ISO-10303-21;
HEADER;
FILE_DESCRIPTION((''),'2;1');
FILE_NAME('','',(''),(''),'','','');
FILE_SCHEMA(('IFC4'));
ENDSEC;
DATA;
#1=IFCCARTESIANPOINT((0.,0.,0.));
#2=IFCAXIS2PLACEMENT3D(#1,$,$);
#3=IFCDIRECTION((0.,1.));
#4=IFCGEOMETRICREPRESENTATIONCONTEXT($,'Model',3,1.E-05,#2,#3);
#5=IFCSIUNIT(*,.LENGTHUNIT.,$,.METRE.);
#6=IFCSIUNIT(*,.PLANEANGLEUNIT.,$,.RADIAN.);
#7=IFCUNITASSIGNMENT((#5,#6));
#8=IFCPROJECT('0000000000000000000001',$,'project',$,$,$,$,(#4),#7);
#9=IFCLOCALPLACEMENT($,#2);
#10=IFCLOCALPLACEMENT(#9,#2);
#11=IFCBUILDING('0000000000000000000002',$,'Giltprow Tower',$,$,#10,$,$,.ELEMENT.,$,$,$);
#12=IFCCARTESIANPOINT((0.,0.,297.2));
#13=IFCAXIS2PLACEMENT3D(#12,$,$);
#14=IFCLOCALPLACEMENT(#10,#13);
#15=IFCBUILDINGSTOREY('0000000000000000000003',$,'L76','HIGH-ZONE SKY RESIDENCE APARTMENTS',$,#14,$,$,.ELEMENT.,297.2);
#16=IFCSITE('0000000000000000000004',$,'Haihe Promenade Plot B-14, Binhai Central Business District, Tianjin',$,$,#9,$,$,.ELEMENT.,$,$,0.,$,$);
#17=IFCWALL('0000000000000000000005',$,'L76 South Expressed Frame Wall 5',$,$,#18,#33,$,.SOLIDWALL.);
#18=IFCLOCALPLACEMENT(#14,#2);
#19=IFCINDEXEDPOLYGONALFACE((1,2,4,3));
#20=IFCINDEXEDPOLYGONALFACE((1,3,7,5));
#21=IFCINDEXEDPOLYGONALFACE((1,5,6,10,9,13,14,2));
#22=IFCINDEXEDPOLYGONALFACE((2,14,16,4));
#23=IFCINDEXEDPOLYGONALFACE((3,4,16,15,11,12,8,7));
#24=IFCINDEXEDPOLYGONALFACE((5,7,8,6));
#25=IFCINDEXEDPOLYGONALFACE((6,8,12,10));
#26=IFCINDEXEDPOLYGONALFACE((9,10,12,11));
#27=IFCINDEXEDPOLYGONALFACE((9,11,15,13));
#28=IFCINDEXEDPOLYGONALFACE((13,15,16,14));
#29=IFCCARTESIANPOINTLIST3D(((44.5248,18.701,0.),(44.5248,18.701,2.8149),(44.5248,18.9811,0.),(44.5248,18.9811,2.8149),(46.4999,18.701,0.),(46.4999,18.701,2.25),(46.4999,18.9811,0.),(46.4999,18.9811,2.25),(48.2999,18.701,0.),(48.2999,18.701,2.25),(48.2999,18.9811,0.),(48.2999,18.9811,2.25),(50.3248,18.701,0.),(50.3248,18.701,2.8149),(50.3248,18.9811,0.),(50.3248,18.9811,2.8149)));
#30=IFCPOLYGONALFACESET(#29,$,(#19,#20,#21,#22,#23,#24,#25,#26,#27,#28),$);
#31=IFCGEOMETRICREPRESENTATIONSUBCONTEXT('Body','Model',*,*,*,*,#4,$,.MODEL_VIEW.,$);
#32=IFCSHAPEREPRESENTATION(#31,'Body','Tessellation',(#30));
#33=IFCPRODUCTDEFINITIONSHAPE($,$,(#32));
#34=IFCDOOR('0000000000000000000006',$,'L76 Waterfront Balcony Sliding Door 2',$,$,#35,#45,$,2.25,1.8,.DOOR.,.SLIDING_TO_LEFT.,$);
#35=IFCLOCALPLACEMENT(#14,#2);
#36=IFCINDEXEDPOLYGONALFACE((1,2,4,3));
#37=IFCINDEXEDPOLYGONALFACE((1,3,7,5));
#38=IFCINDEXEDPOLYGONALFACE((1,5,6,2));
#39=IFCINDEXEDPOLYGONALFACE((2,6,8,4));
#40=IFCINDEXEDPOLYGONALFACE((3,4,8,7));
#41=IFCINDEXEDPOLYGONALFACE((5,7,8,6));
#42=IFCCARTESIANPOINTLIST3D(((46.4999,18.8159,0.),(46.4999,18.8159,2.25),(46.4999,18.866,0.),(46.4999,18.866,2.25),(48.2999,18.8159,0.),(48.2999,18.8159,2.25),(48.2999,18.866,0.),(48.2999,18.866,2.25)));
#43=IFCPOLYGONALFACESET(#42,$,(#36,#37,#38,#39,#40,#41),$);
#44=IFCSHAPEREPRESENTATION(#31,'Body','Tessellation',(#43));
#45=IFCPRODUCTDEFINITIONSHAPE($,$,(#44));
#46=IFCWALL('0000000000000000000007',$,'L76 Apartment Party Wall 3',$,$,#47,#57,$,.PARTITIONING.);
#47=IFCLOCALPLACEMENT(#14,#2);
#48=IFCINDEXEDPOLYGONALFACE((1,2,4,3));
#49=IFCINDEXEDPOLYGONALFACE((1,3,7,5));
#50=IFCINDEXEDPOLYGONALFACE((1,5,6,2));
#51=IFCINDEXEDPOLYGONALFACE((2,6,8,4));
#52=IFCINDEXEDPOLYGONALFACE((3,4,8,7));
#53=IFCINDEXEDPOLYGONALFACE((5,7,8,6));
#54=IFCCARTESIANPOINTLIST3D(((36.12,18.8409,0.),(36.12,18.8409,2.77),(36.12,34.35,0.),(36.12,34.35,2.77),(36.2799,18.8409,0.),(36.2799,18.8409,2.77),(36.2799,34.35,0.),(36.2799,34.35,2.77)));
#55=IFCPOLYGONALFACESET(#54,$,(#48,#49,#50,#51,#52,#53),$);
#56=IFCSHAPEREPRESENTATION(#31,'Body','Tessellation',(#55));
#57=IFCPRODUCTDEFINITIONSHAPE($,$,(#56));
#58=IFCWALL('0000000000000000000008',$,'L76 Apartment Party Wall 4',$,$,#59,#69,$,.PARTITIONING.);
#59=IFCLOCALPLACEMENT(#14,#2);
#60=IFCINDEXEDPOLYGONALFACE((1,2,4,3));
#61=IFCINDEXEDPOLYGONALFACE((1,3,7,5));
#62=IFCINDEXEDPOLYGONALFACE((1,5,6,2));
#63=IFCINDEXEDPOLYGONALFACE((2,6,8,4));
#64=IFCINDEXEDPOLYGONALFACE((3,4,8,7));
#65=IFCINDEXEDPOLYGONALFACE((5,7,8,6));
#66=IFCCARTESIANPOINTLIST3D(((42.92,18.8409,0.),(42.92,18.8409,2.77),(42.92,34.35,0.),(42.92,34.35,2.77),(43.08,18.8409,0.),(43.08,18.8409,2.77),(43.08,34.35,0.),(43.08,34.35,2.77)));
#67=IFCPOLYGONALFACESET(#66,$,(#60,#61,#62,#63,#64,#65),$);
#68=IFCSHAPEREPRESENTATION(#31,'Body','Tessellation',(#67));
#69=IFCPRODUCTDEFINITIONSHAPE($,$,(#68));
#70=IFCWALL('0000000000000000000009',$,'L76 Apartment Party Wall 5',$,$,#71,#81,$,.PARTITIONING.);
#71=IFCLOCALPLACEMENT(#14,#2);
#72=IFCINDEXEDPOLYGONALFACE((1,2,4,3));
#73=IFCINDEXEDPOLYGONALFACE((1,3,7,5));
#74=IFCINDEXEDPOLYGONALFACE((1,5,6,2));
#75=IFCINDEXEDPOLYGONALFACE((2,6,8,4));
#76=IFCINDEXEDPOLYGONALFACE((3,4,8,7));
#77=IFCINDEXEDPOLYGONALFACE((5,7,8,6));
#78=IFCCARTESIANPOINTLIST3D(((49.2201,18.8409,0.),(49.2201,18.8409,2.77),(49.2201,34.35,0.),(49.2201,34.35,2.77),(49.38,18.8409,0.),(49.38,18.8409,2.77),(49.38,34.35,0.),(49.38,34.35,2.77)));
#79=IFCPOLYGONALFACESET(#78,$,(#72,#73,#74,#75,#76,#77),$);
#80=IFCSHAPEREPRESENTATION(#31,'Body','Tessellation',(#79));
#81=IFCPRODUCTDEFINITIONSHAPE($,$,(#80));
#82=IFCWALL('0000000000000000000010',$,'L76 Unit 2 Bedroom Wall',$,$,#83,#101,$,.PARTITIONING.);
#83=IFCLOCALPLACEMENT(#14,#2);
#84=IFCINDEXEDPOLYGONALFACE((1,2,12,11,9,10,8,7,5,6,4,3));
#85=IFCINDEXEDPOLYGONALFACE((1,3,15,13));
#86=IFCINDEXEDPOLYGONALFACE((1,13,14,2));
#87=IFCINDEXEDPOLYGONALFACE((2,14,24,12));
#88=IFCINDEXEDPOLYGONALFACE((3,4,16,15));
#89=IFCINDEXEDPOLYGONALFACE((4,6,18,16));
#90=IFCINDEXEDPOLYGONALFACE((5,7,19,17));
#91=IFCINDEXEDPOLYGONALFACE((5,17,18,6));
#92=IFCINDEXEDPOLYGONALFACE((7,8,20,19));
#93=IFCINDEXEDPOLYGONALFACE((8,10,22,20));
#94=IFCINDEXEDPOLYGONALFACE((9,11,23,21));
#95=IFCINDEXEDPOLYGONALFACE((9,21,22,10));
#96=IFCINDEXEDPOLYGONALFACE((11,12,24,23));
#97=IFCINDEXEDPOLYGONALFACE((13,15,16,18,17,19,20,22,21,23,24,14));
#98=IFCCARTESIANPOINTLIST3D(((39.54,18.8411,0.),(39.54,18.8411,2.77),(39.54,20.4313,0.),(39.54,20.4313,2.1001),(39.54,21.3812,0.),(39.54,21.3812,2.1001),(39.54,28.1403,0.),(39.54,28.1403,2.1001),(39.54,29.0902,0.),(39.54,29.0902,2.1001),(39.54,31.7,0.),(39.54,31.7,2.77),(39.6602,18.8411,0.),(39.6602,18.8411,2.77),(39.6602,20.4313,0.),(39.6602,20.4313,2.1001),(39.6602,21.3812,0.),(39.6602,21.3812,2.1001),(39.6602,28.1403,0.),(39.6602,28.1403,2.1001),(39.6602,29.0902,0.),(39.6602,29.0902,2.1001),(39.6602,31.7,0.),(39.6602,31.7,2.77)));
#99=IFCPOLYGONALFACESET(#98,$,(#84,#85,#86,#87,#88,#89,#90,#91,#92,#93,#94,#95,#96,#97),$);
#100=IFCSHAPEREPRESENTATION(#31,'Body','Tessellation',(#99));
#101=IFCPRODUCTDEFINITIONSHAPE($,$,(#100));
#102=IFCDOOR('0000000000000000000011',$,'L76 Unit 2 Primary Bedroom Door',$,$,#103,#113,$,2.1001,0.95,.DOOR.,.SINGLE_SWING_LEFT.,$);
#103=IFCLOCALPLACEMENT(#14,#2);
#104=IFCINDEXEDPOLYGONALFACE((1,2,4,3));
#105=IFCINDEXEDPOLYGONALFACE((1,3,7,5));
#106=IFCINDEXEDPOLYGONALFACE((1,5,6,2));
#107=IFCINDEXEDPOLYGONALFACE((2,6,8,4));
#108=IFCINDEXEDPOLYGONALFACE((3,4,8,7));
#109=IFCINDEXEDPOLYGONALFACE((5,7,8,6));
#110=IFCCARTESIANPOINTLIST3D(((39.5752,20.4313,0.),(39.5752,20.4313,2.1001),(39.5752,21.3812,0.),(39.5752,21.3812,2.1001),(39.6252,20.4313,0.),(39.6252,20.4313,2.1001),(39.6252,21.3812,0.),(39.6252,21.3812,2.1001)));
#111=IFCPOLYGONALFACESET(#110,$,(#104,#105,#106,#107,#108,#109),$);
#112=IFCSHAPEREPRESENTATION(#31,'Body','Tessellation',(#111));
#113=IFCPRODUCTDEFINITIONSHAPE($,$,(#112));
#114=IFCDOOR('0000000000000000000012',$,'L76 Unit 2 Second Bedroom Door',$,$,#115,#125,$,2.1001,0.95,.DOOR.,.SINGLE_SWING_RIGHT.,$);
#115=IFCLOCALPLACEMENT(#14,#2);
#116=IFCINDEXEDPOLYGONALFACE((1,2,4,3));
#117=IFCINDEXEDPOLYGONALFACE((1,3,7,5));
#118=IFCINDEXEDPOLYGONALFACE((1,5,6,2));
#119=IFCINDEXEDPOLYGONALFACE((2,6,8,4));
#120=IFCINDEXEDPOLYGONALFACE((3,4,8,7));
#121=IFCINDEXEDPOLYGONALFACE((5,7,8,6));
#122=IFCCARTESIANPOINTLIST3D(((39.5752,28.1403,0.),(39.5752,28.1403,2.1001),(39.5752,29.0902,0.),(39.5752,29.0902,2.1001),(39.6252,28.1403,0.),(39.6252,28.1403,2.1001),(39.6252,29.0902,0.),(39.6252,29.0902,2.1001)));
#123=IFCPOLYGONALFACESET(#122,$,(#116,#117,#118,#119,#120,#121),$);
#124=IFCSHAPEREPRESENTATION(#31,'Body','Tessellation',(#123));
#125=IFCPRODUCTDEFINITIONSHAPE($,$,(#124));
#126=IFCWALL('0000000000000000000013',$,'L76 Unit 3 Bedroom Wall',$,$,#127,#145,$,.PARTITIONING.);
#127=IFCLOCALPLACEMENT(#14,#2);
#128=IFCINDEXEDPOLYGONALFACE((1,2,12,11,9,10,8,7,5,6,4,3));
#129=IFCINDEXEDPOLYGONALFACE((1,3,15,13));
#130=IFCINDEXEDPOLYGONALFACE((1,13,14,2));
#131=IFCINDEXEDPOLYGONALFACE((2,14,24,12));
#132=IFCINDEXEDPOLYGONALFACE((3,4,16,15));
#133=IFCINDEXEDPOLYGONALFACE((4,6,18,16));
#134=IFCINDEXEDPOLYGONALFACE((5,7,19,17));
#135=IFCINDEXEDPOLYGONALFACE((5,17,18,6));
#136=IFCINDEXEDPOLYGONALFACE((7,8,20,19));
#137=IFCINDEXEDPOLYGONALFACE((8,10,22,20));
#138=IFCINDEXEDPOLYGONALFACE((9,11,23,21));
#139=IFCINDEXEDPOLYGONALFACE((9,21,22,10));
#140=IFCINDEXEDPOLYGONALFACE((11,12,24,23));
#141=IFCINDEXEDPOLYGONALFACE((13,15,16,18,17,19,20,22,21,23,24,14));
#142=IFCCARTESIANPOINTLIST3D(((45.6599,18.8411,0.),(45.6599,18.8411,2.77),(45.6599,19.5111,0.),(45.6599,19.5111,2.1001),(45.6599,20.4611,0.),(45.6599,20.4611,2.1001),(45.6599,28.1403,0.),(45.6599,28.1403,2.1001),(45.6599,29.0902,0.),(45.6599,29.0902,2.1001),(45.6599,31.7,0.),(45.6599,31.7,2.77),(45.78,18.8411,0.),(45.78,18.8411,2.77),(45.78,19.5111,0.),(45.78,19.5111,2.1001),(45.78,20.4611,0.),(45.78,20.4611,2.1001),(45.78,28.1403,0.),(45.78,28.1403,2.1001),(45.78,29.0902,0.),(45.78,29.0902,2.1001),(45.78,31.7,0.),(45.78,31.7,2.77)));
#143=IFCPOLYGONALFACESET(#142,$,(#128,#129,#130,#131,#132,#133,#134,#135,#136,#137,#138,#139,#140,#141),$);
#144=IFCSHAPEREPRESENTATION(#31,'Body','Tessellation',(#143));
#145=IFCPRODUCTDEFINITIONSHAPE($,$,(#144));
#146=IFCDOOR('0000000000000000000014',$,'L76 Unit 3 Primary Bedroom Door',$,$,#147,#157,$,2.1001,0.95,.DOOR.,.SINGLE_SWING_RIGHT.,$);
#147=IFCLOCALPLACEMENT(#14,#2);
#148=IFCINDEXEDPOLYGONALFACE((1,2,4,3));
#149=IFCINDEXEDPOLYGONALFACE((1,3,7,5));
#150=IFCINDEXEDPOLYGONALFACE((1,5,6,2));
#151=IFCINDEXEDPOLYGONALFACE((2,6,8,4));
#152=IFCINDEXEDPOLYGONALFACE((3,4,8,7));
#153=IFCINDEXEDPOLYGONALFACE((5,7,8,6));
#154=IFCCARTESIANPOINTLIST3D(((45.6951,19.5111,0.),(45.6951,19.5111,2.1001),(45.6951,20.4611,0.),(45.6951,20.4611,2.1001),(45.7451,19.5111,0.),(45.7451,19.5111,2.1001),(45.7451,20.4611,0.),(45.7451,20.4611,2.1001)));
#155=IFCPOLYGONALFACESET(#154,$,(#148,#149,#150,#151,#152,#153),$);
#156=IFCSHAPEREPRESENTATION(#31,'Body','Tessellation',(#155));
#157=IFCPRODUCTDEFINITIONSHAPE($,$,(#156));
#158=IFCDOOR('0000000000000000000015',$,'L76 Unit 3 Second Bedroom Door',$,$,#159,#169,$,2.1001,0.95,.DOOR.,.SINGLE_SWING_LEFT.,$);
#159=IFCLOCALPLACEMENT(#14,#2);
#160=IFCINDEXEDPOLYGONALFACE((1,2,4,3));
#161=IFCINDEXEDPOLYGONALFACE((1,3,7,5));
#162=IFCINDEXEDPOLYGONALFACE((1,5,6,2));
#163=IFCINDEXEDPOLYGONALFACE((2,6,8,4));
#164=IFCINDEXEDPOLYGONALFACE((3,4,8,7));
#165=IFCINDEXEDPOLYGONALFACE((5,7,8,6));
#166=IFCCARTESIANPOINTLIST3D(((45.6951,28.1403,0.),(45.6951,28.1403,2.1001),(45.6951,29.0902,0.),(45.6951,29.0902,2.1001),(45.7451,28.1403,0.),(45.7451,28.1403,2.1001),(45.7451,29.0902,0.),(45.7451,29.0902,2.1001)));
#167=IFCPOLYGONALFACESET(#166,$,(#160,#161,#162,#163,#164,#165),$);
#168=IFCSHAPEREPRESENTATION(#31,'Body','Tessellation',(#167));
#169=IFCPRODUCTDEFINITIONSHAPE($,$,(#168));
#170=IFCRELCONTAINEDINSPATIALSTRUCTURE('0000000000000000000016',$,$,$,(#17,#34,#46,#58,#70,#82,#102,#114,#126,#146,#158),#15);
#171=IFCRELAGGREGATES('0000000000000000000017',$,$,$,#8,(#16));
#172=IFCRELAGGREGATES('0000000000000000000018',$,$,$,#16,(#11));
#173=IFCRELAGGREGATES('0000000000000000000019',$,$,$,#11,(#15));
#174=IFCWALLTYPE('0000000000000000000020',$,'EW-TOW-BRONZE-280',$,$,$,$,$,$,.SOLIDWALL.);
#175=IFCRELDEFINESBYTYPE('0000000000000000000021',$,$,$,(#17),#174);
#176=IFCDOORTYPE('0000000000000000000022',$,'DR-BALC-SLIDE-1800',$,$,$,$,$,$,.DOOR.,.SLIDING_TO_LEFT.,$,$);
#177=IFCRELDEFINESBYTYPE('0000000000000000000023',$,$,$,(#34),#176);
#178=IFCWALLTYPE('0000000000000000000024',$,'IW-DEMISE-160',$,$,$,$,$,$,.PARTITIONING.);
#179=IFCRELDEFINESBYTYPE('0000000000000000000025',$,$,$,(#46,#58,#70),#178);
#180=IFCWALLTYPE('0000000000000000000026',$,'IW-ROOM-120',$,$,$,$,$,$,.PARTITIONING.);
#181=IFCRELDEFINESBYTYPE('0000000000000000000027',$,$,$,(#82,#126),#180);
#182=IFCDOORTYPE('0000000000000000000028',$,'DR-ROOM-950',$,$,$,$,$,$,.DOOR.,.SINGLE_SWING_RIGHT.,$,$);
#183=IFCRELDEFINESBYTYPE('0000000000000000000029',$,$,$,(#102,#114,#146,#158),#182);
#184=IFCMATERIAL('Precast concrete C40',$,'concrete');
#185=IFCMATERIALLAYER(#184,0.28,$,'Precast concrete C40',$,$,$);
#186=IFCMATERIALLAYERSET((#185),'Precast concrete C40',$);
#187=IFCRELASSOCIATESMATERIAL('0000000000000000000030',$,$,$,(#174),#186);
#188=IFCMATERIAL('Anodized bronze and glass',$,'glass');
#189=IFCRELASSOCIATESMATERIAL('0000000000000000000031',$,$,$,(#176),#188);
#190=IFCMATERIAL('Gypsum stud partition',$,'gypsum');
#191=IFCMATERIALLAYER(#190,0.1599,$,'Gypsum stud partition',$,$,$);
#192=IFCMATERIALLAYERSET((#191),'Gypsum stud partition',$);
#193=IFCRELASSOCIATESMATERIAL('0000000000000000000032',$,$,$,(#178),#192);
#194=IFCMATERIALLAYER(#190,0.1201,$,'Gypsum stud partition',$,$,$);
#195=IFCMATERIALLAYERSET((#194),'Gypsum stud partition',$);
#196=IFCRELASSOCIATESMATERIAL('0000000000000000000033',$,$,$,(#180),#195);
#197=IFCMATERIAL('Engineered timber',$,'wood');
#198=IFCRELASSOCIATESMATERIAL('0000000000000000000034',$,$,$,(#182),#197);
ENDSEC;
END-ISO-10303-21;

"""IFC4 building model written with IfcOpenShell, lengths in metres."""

from ifc_helpers import new_model, si_unit, direction, frame, frame_2d, origin, place, context, subcontext, project, spatial, rectangle, extrude, source, transform, mapped, material, layer, layer_set, type_object, element, fill, save


model = new_model("IFC4")

# Units and contexts
model_context = context("Model", 3, precision=1e-05, world=origin(), true_north=direction((0.0, 1.0)))
body_context = subcontext(model_context, "Body", "Model", "MODEL_VIEW")
ifc_project = project(units=[si_unit("LENGTHUNIT", "METRE"), si_unit("PLANEANGLEUNIT", "RADIAN")], contexts=[model_context])

# Site, building, storey
site_placement = place(None, origin())
site = spatial("IfcSite", under=ifc_project, at=site_placement, Name="Haihe Promenade Plot B-14, Binhai Central Business District, Tianjin", CompositionType="ELEMENT", RefElevation=0.0)
building_placement = place(site_placement, origin())
building = spatial("IfcBuilding", under=site, at=building_placement, Name="Giltprow Tower", CompositionType="ELEMENT")
storey_placement = place(building_placement, frame((0.0, 0.0, 297.2)))
storey = spatial("IfcBuildingStorey", under=building, at=storey_placement, Name="L76", Description="HIGH-ZONE SKY RESIDENCE APARTMENTS", CompositionType="ELEMENT", Elevation=297.2)

# Shared definitions
ifc_material_1 = material(Name="Precast concrete C40", Category="concrete")
ifc_layer_1 = layer(ifc_material_1, 0.28, Name="Precast concrete C40")
ifc_layer_set_1 = layer_set([ifc_layer_1], Name="Precast concrete C40")
wall_type_1 = type_object("IfcWallType", Name="EW-TOW-BRONZE-280", PredefinedType="SOLIDWALL", material=ifc_layer_set_1)

# Wall, opening, door
wall_1_placement = place(storey_placement, frame((44.5249, 18.8411, 0.0), z_axis=(0.0, 0.0, 1.0), x_axis=(1.0, 0.0, 0.0)))
wall_1 = element("IfcWall", 1, at=wall_1_placement, inside=storey, type_object=wall_type_1, Name="L76 South Expressed Frame Wall 5", PredefinedType="SOLIDWALL", context=body_context, shape_type="SweptSolid", body=[
    extrude(rectangle(XDim=5.8, YDim=0.28, at=frame_2d((2.8999, 0.0))), origin(), (0.0, 0.0, 1.0), 2.8149),
])
opening_1_placement = place(wall_1_placement, frame((1.9751, 0.0, 0.0)))
opening_1 = element("IfcOpeningElement", 2, at=opening_1_placement, cuts=wall_1, PredefinedType="OPENING", context=body_context, shape_type="SweptSolid", body=[
    extrude(rectangle(XDim=1.8, YDim=2.25, at=frame_2d((0.8999, 1.125))), frame((0.0, 0.1499, 0.0), z_axis=(0.0, -1.0, 0.0), x_axis=(1.0, 0.0, 0.0)), (0.0, 0.0, 1.0), 0.3),
])
ifc_material_2 = material(Name="Anodized bronze and glass", Category="glass")
door_type_1 = type_object("IfcDoorType", Name="DR-BALC-SLIDE-1800", OperationType="SLIDING_TO_LEFT", PredefinedType="DOOR", material=ifc_material_2)
shared_shape_1 = source(origin(), body_context, "Body", "SweptSolid", [
    extrude(rectangle(XDim=1.8, YDim=2.25, at=frame_2d((0.8999, 1.125))), frame((0.0, 0.0249, 0.0), z_axis=(0.0, -1.0, 0.0), x_axis=(1.0, 0.0, 0.0)), (0.0, 0.0, 1.0), 0.05),
])
door_1_placement = place(opening_1_placement, origin())
door_1 = element("IfcDoor", 3, at=door_1_placement, inside=storey, type_object=door_type_1, Name="L76 Waterfront Balcony Sliding Door 2", OperationType="SLIDING_TO_LEFT", OverallHeight=2.25, OverallWidth=1.8, PredefinedType="DOOR", context=body_context, shape_type="MappedRepresentation", body=[
    mapped(shared_shape_1, transform((0.0, 0.0, 0.0), x_axis=(1.0, 0.0, 0.0), y_axis=(0.0, 1.0, 0.0), z_axis=(0.0, 0.0, 1.0), scale=1.0)),
])
fill(opening_1, door_1)

# Walls
ifc_material_3 = material(Name="Gypsum stud partition", Category="gypsum")
ifc_layer_2 = layer(ifc_material_3, 0.1599, Name="Gypsum stud partition")
ifc_layer_set_2 = layer_set([ifc_layer_2], Name="Gypsum stud partition")
wall_type_2 = type_object("IfcWallType", Name="IW-DEMISE-160", PredefinedType="PARTITIONING", material=ifc_layer_set_2)
for number, where, z_axis, x_axis, name in (
    (4, (36.2, 18.8411, 0.0), (0.0, 0.0, 1.0), (0.0, 1.0, 0.0), "L76 Apartment Party Wall 3"),
    (5, (43.0, 18.8411, 0.0), (0.0, 0.0, 1.0), (0.0, 1.0, 0.0), "L76 Apartment Party Wall 4"),
    (6, (49.3, 18.8411, 0.0), (0.0, 0.0, 1.0), (0.0, 1.0, 0.0), "L76 Apartment Party Wall 5"),
):
    element("IfcWall", number, at=place(storey_placement, frame(where, z_axis=z_axis, x_axis=x_axis)), inside=storey, type_object=wall_type_2, Name=name, PredefinedType="PARTITIONING", context=body_context, shape_type="SweptSolid", body=[
        extrude(rectangle(XDim=15.509, YDim=0.1599, at=frame_2d((7.7544, 0.0))), origin(), (0.0, 0.0, 1.0), 2.77),
    ])

# Walls, openings, doors
ifc_layer_3 = layer(ifc_material_3, 0.1201, Name="Gypsum stud partition")
ifc_layer_set_3 = layer_set([ifc_layer_3], Name="Gypsum stud partition")
wall_type_3 = type_object("IfcWallType", Name="IW-ROOM-120", PredefinedType="PARTITIONING", material=ifc_layer_set_3)
wall_2_placement = place(storey_placement, frame((39.6001, 18.8411, 0.0), z_axis=(0.0, 0.0, 1.0), x_axis=(0.0, 1.0, 0.0)))
wall_2 = element("IfcWall", 7, at=wall_2_placement, inside=storey, type_object=wall_type_3, Name="L76 Unit 2 Bedroom Wall", PredefinedType="PARTITIONING", context=body_context, shape_type="SweptSolid", body=[
    extrude(rectangle(XDim=12.8589, YDim=0.1201, at=frame_2d((6.4294, 0.0))), origin(), (0.0, 0.0, 1.0), 2.77),
])
opening_2_placement = place(wall_2_placement, frame((1.5901, 0.0, 0.0)))
opening_2 = element("IfcOpeningElement", 8, at=opening_2_placement, cuts=wall_2, PredefinedType="OPENING", context=body_context, shape_type="SweptSolid", body=[
    extrude(rectangle(XDim=0.95, YDim=2.1001, at=frame_2d((0.4751, 1.05))), frame((0.0, 0.0701, 0.0), z_axis=(0.0, -1.0, 0.0), x_axis=(1.0, 0.0, 0.0)), (0.0, 0.0, 1.0), 0.1401),
])
opening_3_placement = place(wall_2_placement, frame((9.2991, 0.0, 0.0)))
opening_3 = element("IfcOpeningElement", 9, at=opening_3_placement, cuts=wall_2, PredefinedType="OPENING", context=body_context, shape_type="SweptSolid", body=[
    extrude(rectangle(XDim=0.95, YDim=2.1001, at=frame_2d((0.4751, 1.05))), frame((0.0, 0.0701, 0.0), z_axis=(0.0, -1.0, 0.0), x_axis=(1.0, 0.0, 0.0)), (0.0, 0.0, 1.0), 0.1401),
])
ifc_material_4 = material(Name="Engineered timber", Category="wood")
door_type_2 = type_object("IfcDoorType", Name="DR-ROOM-950", OperationType="SINGLE_SWING_RIGHT", PredefinedType="DOOR", material=ifc_material_4)
shared_shape_2 = source(origin(), body_context, "Body", "SweptSolid", [
    extrude(rectangle(XDim=0.95, YDim=2.1001, at=frame_2d((0.4751, 1.05))), frame((0.0, 0.0249, 0.0), z_axis=(0.0, -1.0, 0.0), x_axis=(1.0, 0.0, 0.0)), (0.0, 0.0, 1.0), 0.05),
])
door_2_placement = place(opening_2_placement, origin())
door_2 = element("IfcDoor", 10, at=door_2_placement, inside=storey, type_object=door_type_2, Name="L76 Unit 2 Primary Bedroom Door", OperationType="SINGLE_SWING_LEFT", OverallHeight=2.1001, OverallWidth=0.95, PredefinedType="DOOR", context=body_context, shape_type="MappedRepresentation", body=[
    mapped(shared_shape_2, transform((0.0, 0.0, 0.0), x_axis=(1.0, 0.0, 0.0), y_axis=(0.0, 1.0, 0.0), z_axis=(0.0, 0.0, 1.0), scale=1.0)),
])
fill(opening_2, door_2)
door_3_placement = place(opening_3_placement, origin())
door_3 = element("IfcDoor", 11, at=door_3_placement, inside=storey, type_object=door_type_2, Name="L76 Unit 2 Second Bedroom Door", OperationType="SINGLE_SWING_RIGHT", OverallHeight=2.1001, OverallWidth=0.95, PredefinedType="DOOR", context=body_context, shape_type="MappedRepresentation", body=[
    mapped(shared_shape_2, transform((0.0, 0.0, 0.0), x_axis=(1.0, 0.0, 0.0), y_axis=(0.0, 1.0, 0.0), z_axis=(0.0, 0.0, 1.0), scale=1.0)),
])
fill(opening_3, door_3)
wall_3_placement = place(storey_placement, frame((45.72, 18.8411, 0.0), z_axis=(0.0, 0.0, 1.0), x_axis=(0.0, 1.0, 0.0)))
wall_3 = element("IfcWall", 12, at=wall_3_placement, inside=storey, type_object=wall_type_3, Name="L76 Unit 3 Bedroom Wall", PredefinedType="PARTITIONING", context=body_context, shape_type="SweptSolid", body=[
    extrude(rectangle(XDim=12.8589, YDim=0.1201, at=frame_2d((6.4294, 0.0))), origin(), (0.0, 0.0, 1.0), 2.77),
])
opening_4_placement = place(wall_3_placement, frame((0.6699, 0.0, 0.0)))
opening_4 = element("IfcOpeningElement", 13, at=opening_4_placement, cuts=wall_3, PredefinedType="OPENING", context=body_context, shape_type="SweptSolid", body=[
    extrude(rectangle(XDim=0.95, YDim=2.1001, at=frame_2d((0.4751, 1.05))), frame((0.0, 0.0701, 0.0), z_axis=(0.0, -1.0, 0.0), x_axis=(1.0, 0.0, 0.0)), (0.0, 0.0, 1.0), 0.1401),
])
opening_5_placement = place(wall_3_placement, frame((9.2991, 0.0, 0.0)))
opening_5 = element("IfcOpeningElement", 14, at=opening_5_placement, cuts=wall_3, PredefinedType="OPENING", context=body_context, shape_type="SweptSolid", body=[
    extrude(rectangle(XDim=0.95, YDim=2.1001, at=frame_2d((0.4751, 1.05))), frame((0.0, 0.0701, 0.0), z_axis=(0.0, -1.0, 0.0), x_axis=(1.0, 0.0, 0.0)), (0.0, 0.0, 1.0), 0.1401),
])
door_4_placement = place(opening_4_placement, origin())
door_4 = element("IfcDoor", 15, at=door_4_placement, inside=storey, type_object=door_type_2, Name="L76 Unit 3 Primary Bedroom Door", OperationType="SINGLE_SWING_RIGHT", OverallHeight=2.1001, OverallWidth=0.95, PredefinedType="DOOR", context=body_context, shape_type="MappedRepresentation", body=[
    mapped(shared_shape_2, transform((0.0, 0.0, 0.0), x_axis=(1.0, 0.0, 0.0), y_axis=(0.0, 1.0, 0.0), z_axis=(0.0, 0.0, 1.0), scale=1.0)),
])
fill(opening_4, door_4)
door_5_placement = place(opening_5_placement, origin())
door_5 = element("IfcDoor", 16, at=door_5_placement, inside=storey, type_object=door_type_2, Name="L76 Unit 3 Second Bedroom Door", OperationType="SINGLE_SWING_LEFT", OverallHeight=2.1001, OverallWidth=0.95, PredefinedType="DOOR", context=body_context, shape_type="MappedRepresentation", body=[
    mapped(shared_shape_2, transform((0.0, 0.0, 0.0), x_axis=(1.0, 0.0, 0.0), y_axis=(0.0, 1.0, 0.0), z_axis=(0.0, 0.0, 1.0), scale=1.0)),
])
fill(opening_5, door_5)

save(model, "model.ifc")
